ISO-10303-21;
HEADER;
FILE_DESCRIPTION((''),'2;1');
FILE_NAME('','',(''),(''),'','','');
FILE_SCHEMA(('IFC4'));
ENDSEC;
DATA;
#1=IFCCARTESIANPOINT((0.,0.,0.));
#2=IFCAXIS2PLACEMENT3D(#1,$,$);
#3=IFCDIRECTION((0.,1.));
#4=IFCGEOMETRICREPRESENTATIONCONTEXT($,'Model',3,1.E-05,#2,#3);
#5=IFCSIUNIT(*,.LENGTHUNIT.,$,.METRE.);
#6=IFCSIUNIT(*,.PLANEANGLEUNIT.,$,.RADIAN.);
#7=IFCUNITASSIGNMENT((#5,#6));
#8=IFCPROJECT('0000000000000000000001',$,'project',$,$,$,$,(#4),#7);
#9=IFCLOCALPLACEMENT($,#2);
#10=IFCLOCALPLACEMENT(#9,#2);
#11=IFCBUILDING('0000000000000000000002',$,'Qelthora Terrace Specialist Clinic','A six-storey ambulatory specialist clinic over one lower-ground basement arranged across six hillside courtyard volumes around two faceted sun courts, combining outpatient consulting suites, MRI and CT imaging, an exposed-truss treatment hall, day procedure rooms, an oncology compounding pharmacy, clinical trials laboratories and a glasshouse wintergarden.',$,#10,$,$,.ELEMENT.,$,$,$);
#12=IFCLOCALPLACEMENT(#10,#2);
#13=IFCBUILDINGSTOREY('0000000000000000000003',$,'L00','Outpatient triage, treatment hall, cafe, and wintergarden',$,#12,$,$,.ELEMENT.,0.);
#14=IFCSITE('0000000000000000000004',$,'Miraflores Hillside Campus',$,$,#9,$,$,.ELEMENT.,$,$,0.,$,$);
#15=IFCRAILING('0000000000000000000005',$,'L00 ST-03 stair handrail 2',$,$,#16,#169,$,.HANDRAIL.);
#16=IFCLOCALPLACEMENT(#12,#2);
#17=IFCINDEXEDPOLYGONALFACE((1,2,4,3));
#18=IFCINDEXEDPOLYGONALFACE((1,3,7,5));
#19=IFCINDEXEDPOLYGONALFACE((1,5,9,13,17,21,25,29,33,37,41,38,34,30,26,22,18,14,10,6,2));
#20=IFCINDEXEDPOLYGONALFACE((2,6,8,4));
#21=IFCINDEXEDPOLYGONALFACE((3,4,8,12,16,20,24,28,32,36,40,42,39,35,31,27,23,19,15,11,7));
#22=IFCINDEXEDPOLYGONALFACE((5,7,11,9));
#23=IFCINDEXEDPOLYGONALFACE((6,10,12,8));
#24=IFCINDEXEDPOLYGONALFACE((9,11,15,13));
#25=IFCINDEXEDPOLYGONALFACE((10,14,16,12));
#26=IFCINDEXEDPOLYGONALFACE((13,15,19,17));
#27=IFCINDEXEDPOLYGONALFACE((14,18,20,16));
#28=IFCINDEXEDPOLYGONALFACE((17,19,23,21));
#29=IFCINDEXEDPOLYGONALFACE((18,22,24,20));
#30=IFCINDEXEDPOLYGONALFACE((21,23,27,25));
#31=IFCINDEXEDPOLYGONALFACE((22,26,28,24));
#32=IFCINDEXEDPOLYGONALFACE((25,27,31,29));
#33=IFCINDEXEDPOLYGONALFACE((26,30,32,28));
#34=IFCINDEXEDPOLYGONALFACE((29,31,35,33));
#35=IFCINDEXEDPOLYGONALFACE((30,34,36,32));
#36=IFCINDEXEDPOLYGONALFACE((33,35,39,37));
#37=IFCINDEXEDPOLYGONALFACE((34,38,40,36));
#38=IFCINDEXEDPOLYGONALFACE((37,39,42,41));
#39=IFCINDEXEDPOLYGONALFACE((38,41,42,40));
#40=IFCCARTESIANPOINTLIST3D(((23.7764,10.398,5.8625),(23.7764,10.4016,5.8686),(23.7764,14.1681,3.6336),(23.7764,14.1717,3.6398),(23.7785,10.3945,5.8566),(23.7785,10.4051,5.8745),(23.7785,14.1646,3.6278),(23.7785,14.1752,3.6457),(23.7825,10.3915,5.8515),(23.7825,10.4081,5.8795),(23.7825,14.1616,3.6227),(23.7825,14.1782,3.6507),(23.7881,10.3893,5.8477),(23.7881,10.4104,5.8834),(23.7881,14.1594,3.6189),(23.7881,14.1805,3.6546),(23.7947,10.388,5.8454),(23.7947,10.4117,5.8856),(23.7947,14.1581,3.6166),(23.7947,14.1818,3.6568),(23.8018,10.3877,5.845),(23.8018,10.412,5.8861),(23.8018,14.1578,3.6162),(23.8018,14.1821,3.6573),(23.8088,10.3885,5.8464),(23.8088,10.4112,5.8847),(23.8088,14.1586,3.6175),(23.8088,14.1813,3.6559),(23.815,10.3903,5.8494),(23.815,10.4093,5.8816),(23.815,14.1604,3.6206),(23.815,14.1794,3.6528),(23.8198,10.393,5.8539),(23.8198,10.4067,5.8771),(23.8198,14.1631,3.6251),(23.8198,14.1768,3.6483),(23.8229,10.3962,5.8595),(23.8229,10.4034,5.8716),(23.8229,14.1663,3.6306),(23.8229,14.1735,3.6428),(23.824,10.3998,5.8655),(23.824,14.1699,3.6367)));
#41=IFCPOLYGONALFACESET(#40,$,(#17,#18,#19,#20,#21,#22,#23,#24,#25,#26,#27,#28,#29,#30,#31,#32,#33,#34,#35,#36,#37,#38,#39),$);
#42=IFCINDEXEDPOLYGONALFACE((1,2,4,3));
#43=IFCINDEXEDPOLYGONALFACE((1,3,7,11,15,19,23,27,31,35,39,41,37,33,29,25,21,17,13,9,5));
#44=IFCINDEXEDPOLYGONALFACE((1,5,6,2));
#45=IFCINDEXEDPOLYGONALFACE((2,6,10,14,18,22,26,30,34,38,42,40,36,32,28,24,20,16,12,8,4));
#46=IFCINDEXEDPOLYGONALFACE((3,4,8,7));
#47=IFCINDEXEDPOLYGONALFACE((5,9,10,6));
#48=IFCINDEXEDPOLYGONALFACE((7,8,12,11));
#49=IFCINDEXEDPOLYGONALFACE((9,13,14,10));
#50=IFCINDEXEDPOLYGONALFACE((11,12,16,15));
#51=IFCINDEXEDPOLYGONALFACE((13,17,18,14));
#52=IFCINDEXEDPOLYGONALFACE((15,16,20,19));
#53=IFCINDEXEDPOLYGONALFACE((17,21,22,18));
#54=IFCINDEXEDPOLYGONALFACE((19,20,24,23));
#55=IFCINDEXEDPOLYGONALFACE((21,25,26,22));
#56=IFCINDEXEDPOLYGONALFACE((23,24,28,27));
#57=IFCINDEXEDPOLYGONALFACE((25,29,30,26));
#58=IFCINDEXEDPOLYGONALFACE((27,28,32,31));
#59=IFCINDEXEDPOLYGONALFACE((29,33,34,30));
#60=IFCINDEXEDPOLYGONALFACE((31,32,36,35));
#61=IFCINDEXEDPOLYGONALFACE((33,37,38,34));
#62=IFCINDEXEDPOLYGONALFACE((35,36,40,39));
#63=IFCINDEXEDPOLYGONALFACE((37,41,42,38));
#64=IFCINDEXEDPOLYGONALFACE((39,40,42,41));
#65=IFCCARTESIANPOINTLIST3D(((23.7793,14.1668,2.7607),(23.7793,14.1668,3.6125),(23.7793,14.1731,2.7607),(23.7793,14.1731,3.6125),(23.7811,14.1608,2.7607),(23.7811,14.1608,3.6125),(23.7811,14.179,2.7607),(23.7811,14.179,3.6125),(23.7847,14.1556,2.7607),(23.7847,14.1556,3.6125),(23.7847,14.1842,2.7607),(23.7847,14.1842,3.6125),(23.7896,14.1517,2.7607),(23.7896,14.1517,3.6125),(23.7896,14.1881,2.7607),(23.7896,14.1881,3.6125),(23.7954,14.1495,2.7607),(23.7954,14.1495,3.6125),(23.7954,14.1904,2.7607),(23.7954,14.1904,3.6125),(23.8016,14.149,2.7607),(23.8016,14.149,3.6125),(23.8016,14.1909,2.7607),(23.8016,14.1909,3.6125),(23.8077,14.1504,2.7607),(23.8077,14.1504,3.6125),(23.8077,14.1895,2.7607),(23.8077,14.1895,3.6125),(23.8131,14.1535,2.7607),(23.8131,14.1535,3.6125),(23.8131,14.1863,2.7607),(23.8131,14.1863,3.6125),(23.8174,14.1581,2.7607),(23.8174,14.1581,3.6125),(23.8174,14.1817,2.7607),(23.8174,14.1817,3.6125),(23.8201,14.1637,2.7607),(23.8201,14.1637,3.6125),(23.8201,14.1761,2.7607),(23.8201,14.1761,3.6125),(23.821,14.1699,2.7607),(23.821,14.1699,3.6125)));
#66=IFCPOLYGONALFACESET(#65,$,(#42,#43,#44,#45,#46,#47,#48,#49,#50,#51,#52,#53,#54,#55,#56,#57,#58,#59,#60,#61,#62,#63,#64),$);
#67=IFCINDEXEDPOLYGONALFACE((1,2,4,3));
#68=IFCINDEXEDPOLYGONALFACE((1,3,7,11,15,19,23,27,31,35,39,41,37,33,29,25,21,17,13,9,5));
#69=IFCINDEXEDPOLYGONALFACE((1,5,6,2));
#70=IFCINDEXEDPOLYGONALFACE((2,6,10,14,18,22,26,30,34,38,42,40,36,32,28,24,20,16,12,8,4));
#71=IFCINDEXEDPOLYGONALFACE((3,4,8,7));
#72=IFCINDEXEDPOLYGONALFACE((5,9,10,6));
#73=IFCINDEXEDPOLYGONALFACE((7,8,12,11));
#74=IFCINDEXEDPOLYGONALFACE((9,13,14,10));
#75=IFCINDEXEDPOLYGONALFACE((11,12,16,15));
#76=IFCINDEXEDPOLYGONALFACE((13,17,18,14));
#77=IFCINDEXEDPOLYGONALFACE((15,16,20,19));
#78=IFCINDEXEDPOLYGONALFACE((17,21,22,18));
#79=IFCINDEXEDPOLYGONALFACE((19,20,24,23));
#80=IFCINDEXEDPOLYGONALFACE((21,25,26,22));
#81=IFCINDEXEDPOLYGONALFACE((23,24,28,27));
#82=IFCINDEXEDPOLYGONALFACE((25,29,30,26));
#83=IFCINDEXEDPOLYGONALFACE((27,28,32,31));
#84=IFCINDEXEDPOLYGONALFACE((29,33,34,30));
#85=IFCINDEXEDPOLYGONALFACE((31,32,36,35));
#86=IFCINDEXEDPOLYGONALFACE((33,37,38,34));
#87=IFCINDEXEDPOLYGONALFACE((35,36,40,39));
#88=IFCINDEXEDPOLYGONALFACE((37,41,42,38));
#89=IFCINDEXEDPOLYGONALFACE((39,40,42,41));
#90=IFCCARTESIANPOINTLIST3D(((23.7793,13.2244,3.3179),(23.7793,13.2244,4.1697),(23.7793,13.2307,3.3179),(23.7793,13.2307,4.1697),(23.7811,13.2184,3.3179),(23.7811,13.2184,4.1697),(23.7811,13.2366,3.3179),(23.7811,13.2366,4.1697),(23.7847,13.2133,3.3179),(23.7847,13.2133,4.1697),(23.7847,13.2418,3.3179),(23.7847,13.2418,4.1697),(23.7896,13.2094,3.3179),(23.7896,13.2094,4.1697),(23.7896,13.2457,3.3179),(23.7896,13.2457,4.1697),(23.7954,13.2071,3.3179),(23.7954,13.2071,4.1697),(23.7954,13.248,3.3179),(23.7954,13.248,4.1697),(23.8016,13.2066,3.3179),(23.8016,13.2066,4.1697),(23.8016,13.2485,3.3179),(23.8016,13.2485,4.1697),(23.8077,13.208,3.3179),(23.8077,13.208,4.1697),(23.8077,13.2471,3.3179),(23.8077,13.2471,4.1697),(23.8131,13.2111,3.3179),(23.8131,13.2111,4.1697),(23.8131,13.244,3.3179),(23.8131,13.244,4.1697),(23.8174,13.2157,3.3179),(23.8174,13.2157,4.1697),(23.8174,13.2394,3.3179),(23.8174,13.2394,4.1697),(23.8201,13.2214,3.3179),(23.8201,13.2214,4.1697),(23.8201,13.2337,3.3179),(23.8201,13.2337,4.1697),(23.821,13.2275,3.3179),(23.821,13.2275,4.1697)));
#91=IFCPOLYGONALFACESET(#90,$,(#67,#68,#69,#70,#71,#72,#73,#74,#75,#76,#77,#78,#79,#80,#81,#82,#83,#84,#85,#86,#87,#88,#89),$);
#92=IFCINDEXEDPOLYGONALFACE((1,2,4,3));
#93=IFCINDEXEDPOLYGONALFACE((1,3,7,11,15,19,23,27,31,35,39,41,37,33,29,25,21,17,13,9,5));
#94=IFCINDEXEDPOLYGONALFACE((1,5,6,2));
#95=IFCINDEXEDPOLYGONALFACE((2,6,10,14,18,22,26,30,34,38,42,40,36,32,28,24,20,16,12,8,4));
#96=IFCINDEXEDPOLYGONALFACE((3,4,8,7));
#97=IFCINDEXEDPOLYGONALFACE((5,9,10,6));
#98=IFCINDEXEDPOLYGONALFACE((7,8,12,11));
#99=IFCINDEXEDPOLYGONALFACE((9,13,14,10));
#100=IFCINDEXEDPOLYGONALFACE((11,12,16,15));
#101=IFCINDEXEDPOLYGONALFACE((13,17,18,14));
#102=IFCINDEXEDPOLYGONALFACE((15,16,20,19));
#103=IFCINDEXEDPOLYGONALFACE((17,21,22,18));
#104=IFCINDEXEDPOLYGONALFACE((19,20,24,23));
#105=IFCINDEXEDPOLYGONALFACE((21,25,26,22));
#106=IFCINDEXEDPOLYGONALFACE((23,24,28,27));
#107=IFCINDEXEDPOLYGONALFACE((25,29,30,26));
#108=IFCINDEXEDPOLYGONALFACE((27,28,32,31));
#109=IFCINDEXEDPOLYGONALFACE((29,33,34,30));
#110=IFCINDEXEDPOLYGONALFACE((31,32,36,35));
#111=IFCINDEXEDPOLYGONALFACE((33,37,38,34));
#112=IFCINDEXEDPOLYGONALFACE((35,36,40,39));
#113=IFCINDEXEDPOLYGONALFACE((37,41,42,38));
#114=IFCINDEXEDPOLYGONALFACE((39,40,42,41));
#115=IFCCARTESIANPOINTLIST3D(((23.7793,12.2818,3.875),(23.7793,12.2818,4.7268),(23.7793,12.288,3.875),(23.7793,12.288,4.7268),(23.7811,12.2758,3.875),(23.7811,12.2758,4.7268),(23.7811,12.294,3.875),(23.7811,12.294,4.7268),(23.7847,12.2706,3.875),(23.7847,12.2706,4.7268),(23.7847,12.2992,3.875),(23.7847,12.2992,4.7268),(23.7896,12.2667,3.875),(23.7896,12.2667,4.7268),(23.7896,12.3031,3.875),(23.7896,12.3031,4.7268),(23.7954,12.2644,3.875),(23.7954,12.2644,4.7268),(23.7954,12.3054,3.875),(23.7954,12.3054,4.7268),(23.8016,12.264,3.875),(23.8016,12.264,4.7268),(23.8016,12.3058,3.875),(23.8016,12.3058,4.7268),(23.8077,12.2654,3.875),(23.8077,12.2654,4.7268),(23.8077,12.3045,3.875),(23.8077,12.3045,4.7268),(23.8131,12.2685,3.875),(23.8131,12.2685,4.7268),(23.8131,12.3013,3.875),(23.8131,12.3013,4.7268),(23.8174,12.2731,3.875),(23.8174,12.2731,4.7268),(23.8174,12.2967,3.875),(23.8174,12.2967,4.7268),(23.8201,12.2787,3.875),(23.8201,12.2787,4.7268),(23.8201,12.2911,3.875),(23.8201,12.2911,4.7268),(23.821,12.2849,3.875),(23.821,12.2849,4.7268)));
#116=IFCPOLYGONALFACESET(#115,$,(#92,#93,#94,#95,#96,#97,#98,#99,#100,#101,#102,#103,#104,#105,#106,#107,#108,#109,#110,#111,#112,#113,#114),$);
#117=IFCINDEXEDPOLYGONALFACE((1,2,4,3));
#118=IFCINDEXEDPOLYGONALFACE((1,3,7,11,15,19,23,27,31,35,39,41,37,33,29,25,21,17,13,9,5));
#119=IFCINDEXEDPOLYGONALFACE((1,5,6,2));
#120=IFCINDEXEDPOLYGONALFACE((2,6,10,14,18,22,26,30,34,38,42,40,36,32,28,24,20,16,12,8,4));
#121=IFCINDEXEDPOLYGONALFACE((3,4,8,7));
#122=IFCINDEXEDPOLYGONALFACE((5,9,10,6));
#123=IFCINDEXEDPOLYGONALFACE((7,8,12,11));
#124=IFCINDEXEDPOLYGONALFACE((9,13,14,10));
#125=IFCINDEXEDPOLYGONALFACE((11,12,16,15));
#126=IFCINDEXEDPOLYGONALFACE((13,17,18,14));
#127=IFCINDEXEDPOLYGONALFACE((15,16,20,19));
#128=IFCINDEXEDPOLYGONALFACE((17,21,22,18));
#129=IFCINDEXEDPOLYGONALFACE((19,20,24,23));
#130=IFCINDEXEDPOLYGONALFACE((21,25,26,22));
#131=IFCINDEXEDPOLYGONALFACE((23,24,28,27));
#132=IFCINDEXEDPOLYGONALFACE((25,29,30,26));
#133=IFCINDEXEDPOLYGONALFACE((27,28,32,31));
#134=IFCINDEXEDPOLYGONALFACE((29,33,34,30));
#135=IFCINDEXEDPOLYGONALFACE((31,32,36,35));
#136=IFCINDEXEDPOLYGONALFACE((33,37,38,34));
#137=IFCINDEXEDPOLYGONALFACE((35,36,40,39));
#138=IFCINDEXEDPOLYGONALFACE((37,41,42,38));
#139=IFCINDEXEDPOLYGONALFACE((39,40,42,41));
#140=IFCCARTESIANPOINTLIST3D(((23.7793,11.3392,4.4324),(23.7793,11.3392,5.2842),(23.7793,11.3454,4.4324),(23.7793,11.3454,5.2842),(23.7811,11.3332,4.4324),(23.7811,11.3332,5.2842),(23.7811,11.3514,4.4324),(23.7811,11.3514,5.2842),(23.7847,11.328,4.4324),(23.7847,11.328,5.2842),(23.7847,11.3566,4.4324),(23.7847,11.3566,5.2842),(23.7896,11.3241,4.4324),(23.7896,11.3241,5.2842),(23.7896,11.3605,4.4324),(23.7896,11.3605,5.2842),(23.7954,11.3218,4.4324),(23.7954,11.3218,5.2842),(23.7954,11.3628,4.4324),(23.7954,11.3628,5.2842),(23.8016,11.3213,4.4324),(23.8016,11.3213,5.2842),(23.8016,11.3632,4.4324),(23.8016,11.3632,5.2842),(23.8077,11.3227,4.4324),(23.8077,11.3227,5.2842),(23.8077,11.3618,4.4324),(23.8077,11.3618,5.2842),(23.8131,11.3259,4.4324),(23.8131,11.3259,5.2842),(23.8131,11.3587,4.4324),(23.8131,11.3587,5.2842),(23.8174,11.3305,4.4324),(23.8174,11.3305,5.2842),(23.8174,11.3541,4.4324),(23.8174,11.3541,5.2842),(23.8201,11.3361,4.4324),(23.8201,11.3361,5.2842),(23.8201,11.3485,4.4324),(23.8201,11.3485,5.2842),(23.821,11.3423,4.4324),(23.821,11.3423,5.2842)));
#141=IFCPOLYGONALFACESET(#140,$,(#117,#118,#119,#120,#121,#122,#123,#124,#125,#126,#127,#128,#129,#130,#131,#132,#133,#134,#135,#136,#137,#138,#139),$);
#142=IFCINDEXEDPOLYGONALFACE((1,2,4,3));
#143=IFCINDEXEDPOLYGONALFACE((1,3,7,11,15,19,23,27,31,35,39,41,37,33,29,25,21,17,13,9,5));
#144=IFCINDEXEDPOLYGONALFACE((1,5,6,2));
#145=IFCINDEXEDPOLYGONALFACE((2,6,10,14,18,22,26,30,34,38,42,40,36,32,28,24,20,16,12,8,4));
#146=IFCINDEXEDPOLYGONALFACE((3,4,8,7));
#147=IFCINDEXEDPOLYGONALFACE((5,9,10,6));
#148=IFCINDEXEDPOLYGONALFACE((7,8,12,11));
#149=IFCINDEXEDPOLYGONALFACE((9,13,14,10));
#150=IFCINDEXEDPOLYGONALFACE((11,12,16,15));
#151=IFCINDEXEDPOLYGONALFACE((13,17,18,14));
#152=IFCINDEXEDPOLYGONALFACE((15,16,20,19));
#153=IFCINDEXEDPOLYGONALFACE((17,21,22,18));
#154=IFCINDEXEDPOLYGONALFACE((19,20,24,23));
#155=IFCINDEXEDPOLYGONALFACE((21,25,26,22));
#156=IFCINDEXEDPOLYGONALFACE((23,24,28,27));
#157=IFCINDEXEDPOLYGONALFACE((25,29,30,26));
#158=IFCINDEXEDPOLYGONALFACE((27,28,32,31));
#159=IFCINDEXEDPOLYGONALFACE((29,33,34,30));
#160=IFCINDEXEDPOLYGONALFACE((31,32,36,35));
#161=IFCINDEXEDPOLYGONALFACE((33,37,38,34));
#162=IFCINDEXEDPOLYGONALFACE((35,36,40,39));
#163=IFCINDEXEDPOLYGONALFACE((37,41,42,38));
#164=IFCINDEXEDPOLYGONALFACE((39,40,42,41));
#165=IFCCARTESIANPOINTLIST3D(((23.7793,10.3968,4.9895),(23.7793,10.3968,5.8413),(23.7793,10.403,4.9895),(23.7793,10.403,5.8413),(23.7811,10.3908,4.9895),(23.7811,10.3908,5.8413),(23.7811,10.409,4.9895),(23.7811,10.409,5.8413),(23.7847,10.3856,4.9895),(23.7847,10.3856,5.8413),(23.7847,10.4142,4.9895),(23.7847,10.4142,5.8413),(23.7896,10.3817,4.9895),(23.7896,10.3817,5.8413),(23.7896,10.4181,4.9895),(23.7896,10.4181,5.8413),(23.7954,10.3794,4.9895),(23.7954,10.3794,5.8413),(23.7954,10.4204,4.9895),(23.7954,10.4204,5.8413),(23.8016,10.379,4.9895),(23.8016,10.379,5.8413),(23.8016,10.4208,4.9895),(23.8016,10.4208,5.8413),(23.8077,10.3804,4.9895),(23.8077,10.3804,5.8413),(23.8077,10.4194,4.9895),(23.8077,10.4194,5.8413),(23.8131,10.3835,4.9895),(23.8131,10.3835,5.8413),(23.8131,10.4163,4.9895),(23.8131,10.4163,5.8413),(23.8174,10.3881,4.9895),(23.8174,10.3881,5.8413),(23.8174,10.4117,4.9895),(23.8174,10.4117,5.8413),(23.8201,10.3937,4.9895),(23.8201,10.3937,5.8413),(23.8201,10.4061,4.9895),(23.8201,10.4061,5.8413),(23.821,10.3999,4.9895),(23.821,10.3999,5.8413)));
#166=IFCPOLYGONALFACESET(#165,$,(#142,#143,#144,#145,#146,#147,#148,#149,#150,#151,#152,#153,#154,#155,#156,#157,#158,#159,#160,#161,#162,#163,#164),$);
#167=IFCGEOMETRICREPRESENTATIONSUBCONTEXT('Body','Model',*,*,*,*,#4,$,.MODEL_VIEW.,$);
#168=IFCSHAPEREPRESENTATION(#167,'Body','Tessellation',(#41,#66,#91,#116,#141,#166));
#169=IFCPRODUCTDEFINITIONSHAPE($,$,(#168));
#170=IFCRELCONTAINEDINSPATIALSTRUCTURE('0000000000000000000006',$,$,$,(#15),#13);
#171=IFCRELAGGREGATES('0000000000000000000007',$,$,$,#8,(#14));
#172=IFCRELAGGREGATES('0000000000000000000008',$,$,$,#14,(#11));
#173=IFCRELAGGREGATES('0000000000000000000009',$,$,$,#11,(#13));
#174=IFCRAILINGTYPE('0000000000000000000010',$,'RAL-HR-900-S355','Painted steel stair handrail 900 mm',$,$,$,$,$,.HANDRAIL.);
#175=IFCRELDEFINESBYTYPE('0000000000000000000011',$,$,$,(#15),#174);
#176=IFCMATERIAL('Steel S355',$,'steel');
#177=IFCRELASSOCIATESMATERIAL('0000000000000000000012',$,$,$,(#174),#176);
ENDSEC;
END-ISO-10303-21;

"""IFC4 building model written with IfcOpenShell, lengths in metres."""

from ifc_helpers import new_model, si_unit, direction, frame, origin, origin_2d, place, context, subcontext, project, spatial, circle, extrude, material, type_object, element, save


model = new_model("IFC4")

# Units and contexts
model_context = context("Model", 3, precision=1e-05, world=origin(), true_north=direction((0.0, 1.0)))
body_context = subcontext(model_context, "Body", "Model", "MODEL_VIEW")
ifc_project = project(units=[si_unit("LENGTHUNIT", "METRE"), si_unit("PLANEANGLEUNIT", "RADIAN")], contexts=[model_context])

# Site, building, storey
site_placement = place(None, origin())
site = spatial("IfcSite", under=ifc_project, at=site_placement, Name="Miraflores Hillside Campus", CompositionType="ELEMENT", RefElevation=0.0)
building_placement = place(site_placement, origin())
building = spatial("IfcBuilding", under=site, at=building_placement, Name="Qelthora Terrace Specialist Clinic", Description="A six-storey ambulatory specialist clinic over one lower-ground basement arranged across six hillside courtyard volumes around two faceted sun courts, combining outpatient consulting suites, MRI and CT imaging, an exposed-truss treatment hall, day procedure rooms, an oncology compounding pharmacy, clinical trials laboratories and a glasshouse wintergarden.", CompositionType="ELEMENT")
storey_placement = place(building_placement, origin())
storey = spatial("IfcBuildingStorey", under=building, at=storey_placement, Name="L00", Description="Outpatient triage, treatment hall, cafe, and wintergarden", CompositionType="ELEMENT", Elevation=0.0)

# Shared definitions
ifc_material_1 = material(Name="Steel S355", Category="steel")

# Railing
railing_type_1 = type_object("IfcRailingType", Name="RAL-HR-900-S355", Description="Painted steel stair handrail 900 mm", PredefinedType="HANDRAIL", material=ifc_material_1)
railing_1_placement = place(storey_placement, frame((23.8, 14.1699, 2.7607)))
element("IfcRailing", 1, at=railing_1_placement, inside=storey, type_object=railing_type_1, Name="L00 ST-03 stair handrail 2", PredefinedType="HANDRAIL", context=body_context, shape_type="SweptSolid", body=[
    extrude(circle(Radius=0.0239, at=origin_2d()), frame((0.0, 0.0, 0.876), z_axis=(0.0, -0.860824, 0.508902), x_axis=(1.0, 0.0, 0.0)), (0.0, 0.0, 1.0), 4.3796),
    extrude(circle(Radius=0.021, at=origin_2d()), origin(), (0.0, 0.0, 1.0), 0.8518),
    extrude(circle(Radius=0.021, at=origin_2d()), frame((0.0, -0.9424, 0.5571)), (0.0, 0.0, 1.0), 0.8518),
    extrude(circle(Radius=0.021, at=origin_2d()), frame((0.0, -1.885, 1.1143)), (0.0, 0.0, 1.0), 0.8518),
    extrude(circle(Radius=0.021, at=origin_2d()), frame((0.0, -2.8276, 1.6716)), (0.0, 0.0, 1.0), 0.8518),
    extrude(circle(Radius=0.021, at=origin_2d()), frame((0.0, -3.77, 2.2288)), (0.0, 0.0, 1.0), 0.8518),
])

save(model, "model.ifc")
